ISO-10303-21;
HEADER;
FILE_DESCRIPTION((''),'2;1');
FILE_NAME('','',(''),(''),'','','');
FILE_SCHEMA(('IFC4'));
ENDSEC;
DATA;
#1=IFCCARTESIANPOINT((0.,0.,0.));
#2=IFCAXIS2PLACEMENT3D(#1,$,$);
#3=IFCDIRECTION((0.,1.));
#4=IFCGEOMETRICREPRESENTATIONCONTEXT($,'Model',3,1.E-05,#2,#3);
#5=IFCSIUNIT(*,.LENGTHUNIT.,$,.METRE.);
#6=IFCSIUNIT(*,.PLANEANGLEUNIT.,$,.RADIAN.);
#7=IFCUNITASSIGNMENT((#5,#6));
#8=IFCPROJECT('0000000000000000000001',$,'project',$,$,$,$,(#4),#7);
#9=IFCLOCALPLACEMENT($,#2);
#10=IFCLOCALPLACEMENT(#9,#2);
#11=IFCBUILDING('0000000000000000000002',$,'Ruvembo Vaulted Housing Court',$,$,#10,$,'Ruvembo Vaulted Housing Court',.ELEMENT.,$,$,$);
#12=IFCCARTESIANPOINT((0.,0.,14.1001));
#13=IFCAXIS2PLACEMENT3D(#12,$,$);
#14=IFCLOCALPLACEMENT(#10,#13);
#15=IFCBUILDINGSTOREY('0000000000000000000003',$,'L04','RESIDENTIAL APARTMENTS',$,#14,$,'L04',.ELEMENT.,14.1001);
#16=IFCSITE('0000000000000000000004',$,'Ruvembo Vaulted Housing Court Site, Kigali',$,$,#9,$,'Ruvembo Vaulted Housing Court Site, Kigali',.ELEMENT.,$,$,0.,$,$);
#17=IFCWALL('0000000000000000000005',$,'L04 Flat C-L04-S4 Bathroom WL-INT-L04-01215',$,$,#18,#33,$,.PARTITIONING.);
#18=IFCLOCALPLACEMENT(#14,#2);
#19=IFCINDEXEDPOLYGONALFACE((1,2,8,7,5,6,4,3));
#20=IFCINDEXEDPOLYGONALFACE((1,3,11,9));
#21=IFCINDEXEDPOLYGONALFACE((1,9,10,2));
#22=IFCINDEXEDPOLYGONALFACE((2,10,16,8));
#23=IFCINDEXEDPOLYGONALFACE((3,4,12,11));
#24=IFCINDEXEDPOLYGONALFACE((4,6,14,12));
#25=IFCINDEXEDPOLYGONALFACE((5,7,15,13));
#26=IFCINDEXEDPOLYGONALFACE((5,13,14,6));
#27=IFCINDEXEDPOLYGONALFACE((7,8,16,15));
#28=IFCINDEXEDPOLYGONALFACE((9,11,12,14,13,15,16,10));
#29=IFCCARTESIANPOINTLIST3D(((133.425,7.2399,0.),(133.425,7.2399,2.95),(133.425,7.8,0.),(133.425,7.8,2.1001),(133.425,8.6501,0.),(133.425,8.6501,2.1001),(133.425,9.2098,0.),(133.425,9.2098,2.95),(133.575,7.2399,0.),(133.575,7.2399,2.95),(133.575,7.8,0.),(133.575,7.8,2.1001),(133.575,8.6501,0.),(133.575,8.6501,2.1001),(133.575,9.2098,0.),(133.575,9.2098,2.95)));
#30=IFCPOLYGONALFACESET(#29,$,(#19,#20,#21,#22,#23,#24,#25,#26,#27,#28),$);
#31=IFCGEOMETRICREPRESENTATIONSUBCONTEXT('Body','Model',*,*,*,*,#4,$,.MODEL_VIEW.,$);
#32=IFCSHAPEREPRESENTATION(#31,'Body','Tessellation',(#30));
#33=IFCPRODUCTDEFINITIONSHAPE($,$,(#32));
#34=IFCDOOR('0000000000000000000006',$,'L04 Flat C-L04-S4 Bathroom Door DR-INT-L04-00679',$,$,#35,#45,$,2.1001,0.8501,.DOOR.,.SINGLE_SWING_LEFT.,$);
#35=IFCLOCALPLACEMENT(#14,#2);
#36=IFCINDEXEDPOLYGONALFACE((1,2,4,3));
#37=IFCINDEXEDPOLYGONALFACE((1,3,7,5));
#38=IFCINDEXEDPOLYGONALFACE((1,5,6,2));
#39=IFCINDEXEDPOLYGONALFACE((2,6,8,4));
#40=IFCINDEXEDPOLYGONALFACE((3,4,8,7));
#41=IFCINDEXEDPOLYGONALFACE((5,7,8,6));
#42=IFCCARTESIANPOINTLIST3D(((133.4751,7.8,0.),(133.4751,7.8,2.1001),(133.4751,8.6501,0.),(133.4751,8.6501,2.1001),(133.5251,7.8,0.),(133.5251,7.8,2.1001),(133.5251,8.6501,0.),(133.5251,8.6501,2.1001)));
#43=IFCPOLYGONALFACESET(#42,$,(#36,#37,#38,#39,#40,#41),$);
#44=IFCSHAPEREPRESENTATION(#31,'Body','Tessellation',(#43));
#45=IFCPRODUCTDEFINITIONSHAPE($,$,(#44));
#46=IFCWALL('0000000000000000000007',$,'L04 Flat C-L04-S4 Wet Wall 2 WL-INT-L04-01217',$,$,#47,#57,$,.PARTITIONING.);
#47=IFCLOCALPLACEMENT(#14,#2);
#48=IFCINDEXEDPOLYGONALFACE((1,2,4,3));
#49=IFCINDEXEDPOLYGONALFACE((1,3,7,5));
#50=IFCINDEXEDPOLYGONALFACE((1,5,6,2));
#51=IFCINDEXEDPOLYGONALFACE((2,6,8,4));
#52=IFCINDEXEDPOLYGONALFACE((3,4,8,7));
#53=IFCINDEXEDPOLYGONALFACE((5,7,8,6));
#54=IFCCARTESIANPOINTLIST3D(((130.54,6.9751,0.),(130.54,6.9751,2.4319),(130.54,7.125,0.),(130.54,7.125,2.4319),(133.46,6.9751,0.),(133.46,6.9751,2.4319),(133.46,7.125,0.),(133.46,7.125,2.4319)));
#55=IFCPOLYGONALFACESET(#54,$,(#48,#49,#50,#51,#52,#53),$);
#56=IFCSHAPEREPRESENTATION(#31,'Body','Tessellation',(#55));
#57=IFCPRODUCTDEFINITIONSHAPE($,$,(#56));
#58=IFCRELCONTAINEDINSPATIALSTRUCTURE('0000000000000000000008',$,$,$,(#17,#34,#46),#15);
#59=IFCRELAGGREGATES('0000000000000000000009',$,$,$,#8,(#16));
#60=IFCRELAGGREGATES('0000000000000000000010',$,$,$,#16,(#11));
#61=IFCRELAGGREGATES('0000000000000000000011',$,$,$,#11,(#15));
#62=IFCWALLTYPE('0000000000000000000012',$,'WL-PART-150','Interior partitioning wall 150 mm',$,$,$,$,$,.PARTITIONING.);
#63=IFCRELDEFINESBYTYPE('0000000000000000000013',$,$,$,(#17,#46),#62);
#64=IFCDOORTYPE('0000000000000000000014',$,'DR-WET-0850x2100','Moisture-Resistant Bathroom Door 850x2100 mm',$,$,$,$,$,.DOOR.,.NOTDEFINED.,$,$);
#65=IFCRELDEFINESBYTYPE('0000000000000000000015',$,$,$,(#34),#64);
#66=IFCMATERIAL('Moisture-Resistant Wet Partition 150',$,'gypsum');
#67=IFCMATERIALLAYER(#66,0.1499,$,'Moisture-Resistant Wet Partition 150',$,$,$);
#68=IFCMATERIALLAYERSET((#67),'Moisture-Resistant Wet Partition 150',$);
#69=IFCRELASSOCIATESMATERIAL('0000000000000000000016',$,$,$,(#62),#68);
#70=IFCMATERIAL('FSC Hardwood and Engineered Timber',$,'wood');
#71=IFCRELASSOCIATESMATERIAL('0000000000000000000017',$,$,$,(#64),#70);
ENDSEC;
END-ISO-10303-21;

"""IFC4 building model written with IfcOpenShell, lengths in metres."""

from ifc_helpers import new_model, si_unit, direction, frame, frame_2d, origin, place, context, subcontext, project, spatial, rectangle, extrude, material, layer, layer_set, type_object, element, fill, save


model = new_model("IFC4")

# Units and contexts
model_context = context("Model", 3, precision=1e-05, world=origin(), true_north=direction((0.0, 1.0)))
body_context = subcontext(model_context, "Body", "Model", "MODEL_VIEW")
ifc_project = project(units=[si_unit("LENGTHUNIT", "METRE"), si_unit("PLANEANGLEUNIT", "RADIAN")], contexts=[model_context])

# Site, building, storey
site_placement = place(None, origin())
site = spatial("IfcSite", under=ifc_project, at=site_placement, Name="Ruvembo Vaulted Housing Court Site, Kigali", LongName="Ruvembo Vaulted Housing Court Site, Kigali", CompositionType="ELEMENT", RefElevation=0.0)
building_placement = place(site_placement, origin())
building = spatial("IfcBuilding", under=site, at=building_placement, Name="Ruvembo Vaulted Housing Court", LongName="Ruvembo Vaulted Housing Court", CompositionType="ELEMENT")
storey_placement = place(building_placement, frame((0.0, 0.0, 14.1001)))
storey = spatial("IfcBuildingStorey", under=building, at=storey_placement, Name="L04", Description="RESIDENTIAL APARTMENTS", LongName="L04", CompositionType="ELEMENT", Elevation=14.1001)

# Shared definitions
ifc_material_1 = material(Name="FSC Hardwood and Engineered Timber", Category="wood")

# Wall, opening, door
ifc_material_2 = material(Name="Moisture-Resistant Wet Partition 150", Category="gypsum")
ifc_layer_1 = layer(ifc_material_2, 0.1499, Name="Moisture-Resistant Wet Partition 150")
ifc_layer_set_1 = layer_set([ifc_layer_1], Name="Moisture-Resistant Wet Partition 150")
wall_type_1 = type_object("IfcWallType", Name="WL-PART-150", Description="Interior partitioning wall 150 mm", PredefinedType="PARTITIONING", material=ifc_layer_set_1)
wall_1_placement = place(storey_placement, frame((133.5, 7.24, 0.0), z_axis=(0.0, 0.0, 1.0), x_axis=(0.0, 1.0, 0.0)))
wall_1 = element("IfcWall", 1, at=wall_1_placement, inside=storey, type_object=wall_type_1, Name="L04 Flat C-L04-S4 Bathroom WL-INT-L04-01215", PredefinedType="PARTITIONING", context=body_context, shape_type="SweptSolid", body=[
    extrude(rectangle(XDim=1.97, YDim=0.1499, at=frame_2d((0.9849, 0.0))), origin(), (0.0, 0.0, 1.0), 2.95),
])
opening_1_placement = place(wall_1_placement, frame((0.5601, 0.0, 0.0)))
opening_1 = element("IfcOpeningElement", 2, at=opening_1_placement, cuts=wall_1, PredefinedType="OPENING", context=body_context, shape_type="SweptSolid", body=[
    extrude(rectangle(XDim=0.8501, YDim=2.1001, at=frame_2d((0.425, 1.05))), frame((0.0, 0.085, 0.0), z_axis=(0.0, -1.0, 0.0), x_axis=(1.0, 0.0, 0.0)), (0.0, 0.0, 1.0), 0.1699),
])
door_type_1 = type_object("IfcDoorType", Name="DR-WET-0850x2100", Description="Moisture-Resistant Bathroom Door 850x2100 mm", OperationType="NOTDEFINED", PredefinedType="DOOR", material=ifc_material_1)
door_1_placement = place(opening_1_placement, origin())
door_1 = element("IfcDoor", 3, at=door_1_placement, inside=storey, type_object=door_type_1, Name="L04 Flat C-L04-S4 Bathroom Door DR-INT-L04-00679", OperationType="SINGLE_SWING_LEFT", OverallHeight=2.1001, OverallWidth=0.8501, PredefinedType="DOOR", context=body_context, shape_type="SweptSolid", body=[
    extrude(rectangle(XDim=0.8501, YDim=2.1001, at=frame_2d((0.425, 1.05))), frame((0.0, 0.0249, 0.0), z_axis=(0.0, -1.0, 0.0), x_axis=(1.0, 0.0, 0.0)), (0.0, 0.0, 1.0), 0.05),
])
fill(opening_1, door_1)

# Wall
wall_2_placement = place(storey_placement, frame((130.54, 7.05, 0.0), z_axis=(0.0, 0.0, 1.0), x_axis=(1.0, 0.0, 0.0)))
element("IfcWall", 4, at=wall_2_placement, inside=storey, type_object=wall_type_1, Name="L04 Flat C-L04-S4 Wet Wall 2 WL-INT-L04-01217", PredefinedType="PARTITIONING", context=body_context, shape_type="SweptSolid", body=[
    extrude(rectangle(XDim=2.9199, YDim=0.1499, at=frame_2d((1.46, 0.0))), origin(), (0.0, 0.0, 1.0), 2.4319),
])

save(model, "model.ifc")
